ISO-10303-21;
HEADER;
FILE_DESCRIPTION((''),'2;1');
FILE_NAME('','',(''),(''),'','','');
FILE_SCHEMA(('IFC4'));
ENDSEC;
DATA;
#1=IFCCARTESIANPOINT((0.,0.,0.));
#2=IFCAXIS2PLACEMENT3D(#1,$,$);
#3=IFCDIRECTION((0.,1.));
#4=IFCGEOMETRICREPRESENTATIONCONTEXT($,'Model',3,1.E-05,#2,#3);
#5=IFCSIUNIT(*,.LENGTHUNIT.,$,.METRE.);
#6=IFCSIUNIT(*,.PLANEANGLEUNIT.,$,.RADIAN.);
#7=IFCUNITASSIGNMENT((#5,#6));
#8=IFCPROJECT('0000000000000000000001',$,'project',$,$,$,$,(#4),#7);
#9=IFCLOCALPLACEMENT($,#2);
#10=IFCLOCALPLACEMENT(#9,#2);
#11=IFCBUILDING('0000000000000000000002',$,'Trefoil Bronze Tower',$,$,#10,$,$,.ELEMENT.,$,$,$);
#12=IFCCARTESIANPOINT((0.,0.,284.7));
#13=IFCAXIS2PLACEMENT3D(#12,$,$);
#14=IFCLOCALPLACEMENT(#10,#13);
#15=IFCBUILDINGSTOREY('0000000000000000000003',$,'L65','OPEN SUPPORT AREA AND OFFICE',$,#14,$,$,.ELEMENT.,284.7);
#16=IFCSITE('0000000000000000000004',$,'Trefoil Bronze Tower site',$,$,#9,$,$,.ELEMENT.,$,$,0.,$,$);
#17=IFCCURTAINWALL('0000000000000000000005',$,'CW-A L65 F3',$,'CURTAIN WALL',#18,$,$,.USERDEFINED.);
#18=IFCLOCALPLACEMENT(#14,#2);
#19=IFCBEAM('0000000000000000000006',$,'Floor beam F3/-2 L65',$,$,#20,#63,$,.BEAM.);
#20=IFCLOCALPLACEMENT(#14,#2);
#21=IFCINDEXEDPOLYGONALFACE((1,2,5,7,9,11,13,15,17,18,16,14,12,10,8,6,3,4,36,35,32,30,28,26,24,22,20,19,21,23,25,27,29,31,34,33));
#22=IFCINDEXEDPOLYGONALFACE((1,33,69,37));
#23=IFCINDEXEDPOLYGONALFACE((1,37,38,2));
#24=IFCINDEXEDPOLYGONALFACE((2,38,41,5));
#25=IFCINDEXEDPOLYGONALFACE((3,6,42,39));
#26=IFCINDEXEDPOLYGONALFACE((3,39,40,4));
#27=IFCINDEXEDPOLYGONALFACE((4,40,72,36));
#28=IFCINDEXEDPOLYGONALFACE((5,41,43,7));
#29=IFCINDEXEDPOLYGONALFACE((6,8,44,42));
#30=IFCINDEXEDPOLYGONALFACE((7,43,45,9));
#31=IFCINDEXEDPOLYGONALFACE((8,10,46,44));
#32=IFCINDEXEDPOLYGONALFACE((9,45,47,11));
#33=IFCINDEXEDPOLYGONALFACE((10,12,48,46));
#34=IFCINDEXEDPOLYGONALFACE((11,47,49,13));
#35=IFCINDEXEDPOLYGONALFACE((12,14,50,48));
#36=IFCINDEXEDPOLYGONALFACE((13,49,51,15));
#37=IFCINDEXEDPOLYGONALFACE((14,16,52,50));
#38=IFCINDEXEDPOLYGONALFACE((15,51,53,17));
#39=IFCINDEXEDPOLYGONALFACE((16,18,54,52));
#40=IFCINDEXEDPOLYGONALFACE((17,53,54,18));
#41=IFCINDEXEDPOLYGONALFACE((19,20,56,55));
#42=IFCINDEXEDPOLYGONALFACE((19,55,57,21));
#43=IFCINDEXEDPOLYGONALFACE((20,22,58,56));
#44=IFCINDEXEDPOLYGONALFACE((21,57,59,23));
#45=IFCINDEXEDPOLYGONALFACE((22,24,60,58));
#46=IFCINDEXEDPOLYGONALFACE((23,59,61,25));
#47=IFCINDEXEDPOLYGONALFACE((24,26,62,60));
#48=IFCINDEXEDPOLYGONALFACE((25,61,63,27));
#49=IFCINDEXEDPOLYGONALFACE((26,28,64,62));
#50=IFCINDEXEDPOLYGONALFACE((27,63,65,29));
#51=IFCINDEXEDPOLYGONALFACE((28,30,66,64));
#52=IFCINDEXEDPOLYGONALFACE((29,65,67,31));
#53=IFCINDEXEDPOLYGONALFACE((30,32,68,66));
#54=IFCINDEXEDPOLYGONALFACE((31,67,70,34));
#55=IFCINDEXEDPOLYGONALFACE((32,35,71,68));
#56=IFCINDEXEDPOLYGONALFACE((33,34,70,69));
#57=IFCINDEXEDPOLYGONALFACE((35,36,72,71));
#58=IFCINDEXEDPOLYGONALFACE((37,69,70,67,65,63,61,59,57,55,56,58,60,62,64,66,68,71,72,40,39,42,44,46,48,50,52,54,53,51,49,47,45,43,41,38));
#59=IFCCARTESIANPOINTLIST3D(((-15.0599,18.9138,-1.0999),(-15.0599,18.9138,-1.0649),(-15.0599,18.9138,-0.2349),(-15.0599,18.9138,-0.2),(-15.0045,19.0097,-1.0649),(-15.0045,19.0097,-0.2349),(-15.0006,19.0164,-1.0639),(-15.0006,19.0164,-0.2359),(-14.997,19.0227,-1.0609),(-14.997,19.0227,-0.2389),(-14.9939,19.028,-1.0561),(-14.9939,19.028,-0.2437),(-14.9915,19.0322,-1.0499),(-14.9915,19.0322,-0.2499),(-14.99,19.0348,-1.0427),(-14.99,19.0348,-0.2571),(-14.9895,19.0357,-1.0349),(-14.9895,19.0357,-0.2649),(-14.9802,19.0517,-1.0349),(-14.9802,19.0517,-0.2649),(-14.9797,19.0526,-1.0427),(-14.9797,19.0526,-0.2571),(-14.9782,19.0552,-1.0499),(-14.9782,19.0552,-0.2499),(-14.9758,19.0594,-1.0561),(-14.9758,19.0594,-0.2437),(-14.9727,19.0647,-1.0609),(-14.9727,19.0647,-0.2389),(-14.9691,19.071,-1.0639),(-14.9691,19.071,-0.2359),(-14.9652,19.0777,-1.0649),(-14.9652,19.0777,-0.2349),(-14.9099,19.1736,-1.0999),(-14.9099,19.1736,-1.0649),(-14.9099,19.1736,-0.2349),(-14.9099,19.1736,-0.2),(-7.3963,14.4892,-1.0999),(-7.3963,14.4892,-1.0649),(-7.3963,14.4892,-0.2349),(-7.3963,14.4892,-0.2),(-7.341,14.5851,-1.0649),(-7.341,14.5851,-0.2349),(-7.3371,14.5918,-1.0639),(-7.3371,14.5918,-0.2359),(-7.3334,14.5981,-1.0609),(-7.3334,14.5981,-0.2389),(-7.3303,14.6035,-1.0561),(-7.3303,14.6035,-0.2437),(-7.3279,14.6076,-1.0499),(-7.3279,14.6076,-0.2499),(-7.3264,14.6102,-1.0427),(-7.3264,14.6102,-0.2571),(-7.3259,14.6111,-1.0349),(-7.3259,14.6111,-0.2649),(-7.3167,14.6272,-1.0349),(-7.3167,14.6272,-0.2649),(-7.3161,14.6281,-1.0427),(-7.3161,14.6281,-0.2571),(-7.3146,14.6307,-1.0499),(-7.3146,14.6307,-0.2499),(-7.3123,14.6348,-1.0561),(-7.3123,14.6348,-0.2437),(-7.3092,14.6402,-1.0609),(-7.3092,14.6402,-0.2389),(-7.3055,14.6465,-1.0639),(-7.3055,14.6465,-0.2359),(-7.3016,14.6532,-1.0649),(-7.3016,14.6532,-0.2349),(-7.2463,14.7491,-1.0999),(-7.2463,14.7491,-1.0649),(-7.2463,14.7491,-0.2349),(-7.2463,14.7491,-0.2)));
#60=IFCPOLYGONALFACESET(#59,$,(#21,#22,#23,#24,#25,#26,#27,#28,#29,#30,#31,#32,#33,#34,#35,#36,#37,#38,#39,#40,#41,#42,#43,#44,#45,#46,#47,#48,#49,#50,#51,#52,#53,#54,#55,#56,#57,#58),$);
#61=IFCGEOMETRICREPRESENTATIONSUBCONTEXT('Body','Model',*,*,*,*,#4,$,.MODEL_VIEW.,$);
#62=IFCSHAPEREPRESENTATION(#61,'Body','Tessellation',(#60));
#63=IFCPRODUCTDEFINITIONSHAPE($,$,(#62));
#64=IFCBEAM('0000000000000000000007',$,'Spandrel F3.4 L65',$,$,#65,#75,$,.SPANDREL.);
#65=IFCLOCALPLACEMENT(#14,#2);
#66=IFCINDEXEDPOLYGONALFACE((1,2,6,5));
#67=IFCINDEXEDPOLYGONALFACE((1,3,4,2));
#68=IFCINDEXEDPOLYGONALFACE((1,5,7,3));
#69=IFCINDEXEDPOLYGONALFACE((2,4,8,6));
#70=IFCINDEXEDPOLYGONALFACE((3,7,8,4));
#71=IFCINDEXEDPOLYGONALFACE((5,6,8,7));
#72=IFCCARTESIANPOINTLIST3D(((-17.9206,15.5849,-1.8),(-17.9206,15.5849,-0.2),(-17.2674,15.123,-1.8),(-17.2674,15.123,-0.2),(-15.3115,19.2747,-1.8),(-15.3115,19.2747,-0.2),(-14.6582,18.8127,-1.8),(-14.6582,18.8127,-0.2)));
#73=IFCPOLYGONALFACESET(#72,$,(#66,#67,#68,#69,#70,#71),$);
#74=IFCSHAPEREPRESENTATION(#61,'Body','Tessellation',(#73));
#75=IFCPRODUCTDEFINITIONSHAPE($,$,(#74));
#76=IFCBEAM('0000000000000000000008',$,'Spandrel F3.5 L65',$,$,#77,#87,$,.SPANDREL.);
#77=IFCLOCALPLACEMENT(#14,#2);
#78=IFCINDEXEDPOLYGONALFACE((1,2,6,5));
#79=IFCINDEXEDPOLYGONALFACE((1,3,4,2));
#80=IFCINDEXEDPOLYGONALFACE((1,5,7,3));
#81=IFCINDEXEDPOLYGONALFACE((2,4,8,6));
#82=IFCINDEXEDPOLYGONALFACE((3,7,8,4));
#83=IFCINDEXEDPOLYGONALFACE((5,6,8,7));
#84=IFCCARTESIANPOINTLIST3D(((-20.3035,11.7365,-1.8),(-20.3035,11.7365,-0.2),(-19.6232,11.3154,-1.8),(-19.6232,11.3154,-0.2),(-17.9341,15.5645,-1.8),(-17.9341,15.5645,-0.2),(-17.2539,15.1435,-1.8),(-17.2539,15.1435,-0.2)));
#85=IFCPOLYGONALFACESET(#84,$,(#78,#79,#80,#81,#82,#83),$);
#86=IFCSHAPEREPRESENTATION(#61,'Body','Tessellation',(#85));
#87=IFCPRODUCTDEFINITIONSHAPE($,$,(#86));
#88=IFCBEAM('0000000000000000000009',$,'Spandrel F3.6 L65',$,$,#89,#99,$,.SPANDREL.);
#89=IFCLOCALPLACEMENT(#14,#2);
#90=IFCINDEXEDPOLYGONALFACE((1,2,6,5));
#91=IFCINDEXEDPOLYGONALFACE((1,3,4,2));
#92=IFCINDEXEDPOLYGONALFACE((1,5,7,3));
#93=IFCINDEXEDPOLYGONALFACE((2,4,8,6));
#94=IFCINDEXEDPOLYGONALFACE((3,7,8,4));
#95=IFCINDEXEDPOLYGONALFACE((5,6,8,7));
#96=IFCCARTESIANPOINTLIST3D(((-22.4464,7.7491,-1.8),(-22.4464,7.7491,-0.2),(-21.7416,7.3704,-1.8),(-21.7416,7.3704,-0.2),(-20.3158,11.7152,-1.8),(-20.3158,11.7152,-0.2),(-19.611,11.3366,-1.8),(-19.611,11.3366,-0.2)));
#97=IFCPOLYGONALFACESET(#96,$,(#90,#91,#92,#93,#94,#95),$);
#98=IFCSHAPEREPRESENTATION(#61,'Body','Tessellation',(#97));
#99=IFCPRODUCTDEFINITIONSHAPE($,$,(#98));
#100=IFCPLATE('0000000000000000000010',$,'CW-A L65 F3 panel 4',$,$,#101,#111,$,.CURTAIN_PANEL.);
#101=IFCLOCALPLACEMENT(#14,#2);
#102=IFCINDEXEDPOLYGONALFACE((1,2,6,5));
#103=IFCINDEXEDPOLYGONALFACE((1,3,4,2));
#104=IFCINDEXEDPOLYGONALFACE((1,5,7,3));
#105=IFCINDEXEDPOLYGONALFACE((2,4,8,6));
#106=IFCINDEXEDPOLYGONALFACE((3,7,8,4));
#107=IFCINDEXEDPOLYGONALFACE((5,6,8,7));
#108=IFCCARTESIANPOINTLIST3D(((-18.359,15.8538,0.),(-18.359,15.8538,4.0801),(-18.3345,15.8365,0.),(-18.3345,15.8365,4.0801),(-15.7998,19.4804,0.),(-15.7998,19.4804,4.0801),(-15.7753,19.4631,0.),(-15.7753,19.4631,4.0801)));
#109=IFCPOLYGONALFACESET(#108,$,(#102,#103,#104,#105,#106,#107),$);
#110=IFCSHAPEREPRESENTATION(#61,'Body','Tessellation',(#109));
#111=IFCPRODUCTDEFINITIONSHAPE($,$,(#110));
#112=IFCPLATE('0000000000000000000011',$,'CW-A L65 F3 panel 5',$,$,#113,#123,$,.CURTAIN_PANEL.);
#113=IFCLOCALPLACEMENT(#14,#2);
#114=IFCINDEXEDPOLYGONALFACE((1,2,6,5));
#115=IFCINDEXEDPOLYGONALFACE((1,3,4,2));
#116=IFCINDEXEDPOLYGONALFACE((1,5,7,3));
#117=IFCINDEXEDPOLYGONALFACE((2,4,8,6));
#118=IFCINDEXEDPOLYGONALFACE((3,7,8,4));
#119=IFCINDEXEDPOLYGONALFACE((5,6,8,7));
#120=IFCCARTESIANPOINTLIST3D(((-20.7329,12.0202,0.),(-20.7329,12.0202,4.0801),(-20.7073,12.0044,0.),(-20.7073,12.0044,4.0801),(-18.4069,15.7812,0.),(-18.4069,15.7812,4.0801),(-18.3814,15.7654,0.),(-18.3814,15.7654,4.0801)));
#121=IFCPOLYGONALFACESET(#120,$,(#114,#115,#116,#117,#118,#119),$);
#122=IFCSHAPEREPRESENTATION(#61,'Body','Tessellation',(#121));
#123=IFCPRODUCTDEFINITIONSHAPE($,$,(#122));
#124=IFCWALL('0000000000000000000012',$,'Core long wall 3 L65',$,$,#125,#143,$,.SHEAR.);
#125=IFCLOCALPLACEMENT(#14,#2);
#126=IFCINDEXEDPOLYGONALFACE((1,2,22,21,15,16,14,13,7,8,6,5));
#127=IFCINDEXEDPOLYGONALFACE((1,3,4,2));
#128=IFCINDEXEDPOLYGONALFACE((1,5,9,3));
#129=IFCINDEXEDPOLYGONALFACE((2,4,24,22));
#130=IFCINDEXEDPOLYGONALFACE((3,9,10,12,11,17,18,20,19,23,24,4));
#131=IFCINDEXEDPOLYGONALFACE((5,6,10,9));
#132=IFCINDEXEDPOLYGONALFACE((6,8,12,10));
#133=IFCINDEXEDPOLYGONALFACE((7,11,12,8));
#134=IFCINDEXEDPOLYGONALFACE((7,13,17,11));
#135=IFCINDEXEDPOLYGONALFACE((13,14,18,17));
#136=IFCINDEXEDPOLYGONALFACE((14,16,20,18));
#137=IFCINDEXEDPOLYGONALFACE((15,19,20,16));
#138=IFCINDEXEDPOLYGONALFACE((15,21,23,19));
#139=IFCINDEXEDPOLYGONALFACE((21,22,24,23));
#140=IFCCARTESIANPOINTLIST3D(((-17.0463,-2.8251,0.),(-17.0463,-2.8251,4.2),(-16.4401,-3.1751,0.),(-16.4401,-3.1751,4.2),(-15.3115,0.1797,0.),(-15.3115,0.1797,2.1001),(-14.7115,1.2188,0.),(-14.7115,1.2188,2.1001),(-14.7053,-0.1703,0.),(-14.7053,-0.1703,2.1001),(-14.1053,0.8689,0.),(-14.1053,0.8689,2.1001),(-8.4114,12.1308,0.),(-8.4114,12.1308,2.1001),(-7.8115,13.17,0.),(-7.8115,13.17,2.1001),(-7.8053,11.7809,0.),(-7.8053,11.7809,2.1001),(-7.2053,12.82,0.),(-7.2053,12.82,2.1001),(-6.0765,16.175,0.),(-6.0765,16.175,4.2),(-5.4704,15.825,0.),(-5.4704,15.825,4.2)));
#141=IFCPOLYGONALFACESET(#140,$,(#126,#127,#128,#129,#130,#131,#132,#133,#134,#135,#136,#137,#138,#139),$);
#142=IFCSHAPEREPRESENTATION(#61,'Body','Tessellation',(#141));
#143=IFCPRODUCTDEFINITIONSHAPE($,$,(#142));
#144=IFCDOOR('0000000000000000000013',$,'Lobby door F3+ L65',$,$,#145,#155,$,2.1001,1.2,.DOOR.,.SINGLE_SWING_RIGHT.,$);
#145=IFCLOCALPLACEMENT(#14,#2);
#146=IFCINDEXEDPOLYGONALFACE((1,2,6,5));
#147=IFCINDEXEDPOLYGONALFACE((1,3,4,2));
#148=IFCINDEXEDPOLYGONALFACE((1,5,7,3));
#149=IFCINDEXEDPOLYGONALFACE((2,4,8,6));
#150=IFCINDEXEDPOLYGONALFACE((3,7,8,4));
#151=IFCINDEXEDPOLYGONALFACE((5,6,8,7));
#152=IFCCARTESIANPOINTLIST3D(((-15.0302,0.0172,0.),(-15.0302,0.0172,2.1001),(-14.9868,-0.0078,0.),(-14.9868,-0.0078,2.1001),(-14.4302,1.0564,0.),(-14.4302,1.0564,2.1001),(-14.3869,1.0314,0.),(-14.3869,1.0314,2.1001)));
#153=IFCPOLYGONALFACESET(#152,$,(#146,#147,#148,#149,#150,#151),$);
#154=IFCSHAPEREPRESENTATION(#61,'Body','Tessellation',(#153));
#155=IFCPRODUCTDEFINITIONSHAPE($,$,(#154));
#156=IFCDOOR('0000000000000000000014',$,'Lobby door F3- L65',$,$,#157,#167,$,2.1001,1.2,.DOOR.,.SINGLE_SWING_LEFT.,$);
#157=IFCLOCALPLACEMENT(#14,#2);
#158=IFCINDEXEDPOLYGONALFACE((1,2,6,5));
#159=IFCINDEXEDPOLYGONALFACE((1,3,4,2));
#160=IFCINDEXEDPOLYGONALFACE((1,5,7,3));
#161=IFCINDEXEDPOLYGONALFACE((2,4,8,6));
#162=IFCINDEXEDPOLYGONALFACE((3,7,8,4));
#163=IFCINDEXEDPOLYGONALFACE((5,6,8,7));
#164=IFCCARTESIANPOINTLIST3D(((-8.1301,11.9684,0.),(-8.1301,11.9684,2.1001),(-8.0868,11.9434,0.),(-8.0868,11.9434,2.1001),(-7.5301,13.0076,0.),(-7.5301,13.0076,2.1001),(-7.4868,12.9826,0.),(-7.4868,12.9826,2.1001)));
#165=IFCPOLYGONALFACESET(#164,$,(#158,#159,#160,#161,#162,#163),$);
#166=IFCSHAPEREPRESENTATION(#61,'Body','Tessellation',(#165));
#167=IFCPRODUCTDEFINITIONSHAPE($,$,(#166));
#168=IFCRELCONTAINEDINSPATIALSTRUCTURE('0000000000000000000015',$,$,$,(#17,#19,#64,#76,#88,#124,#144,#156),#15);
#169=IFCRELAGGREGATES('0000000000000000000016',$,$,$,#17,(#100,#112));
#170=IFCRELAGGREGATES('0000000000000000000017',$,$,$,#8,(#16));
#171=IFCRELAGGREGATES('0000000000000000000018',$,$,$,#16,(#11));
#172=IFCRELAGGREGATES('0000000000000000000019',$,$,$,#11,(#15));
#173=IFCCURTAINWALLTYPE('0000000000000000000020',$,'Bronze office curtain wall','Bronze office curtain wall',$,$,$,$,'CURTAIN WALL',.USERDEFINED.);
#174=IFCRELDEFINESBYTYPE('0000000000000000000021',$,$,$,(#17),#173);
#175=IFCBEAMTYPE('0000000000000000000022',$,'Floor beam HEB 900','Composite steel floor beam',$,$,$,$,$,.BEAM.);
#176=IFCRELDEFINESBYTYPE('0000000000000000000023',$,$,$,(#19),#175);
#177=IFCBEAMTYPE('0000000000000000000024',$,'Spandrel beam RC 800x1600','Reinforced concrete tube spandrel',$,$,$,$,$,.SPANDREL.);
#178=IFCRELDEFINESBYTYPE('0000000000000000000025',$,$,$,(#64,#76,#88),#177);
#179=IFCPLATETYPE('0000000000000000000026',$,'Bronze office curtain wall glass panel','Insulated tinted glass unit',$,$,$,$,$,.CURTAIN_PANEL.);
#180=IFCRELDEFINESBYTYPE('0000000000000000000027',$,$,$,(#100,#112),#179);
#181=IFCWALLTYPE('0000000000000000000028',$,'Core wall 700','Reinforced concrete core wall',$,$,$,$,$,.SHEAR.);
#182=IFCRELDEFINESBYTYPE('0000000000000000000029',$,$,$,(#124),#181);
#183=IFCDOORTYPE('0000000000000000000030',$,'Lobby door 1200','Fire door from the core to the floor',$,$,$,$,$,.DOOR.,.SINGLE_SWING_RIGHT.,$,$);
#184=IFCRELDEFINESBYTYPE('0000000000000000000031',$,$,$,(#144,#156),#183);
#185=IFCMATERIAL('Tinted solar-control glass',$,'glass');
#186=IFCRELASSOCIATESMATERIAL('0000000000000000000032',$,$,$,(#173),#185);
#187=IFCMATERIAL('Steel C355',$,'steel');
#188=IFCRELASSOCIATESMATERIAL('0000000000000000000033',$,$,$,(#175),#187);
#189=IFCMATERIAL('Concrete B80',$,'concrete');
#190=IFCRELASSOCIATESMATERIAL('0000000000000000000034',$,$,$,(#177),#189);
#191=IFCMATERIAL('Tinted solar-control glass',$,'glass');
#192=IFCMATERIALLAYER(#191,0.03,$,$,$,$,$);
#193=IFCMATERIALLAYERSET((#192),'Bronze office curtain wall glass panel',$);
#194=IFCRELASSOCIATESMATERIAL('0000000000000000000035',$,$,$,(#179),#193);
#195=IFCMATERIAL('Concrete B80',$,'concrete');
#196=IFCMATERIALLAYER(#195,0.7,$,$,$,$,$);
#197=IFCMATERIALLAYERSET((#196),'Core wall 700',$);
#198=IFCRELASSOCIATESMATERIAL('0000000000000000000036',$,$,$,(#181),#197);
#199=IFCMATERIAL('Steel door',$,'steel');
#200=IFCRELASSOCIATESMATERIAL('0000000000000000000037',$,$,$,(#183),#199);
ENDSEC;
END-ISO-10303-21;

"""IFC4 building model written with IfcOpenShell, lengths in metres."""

from ifc_helpers import new_model, si_unit, direction, frame, frame_2d, origin, origin_2d, place, context, subcontext, project, spatial, rectangle, i_section, extrude, material, layer, layer_set, material_profile, profile_set, type_object, element, fill, aggregate, save


model = new_model("IFC4")

# Units and contexts
model_context = context("Model", 3, precision=1e-05, world=origin(), true_north=direction((0.0, 1.0)))
body_context = subcontext(model_context, "Body", "Model", "MODEL_VIEW")
ifc_project = project(units=[si_unit("LENGTHUNIT", "METRE"), si_unit("PLANEANGLEUNIT", "RADIAN")], contexts=[model_context])

# Site, building, storey
site_placement = place(None, origin())
site = spatial("IfcSite", under=ifc_project, at=site_placement, Name="Trefoil Bronze Tower site", CompositionType="ELEMENT", RefElevation=0.0)
building_placement = place(site_placement, origin())
building = spatial("IfcBuilding", under=site, at=building_placement, Name="Trefoil Bronze Tower", CompositionType="ELEMENT")
storey_placement = place(building_placement, frame((0.0, 0.0, 284.7)))
storey = spatial("IfcBuildingStorey", under=building, at=storey_placement, Name="L65", Description="OPEN SUPPORT AREA AND OFFICE", CompositionType="ELEMENT", Elevation=284.7)

# Curtain wall
ifc_material_1 = material(Name="Tinted solar-control glass", Category="glass")
curtain_wall_type = type_object("IfcCurtainWallType", Name="Bronze office curtain wall", Description="Bronze office curtain wall", ElementType="CURTAIN WALL", PredefinedType="USERDEFINED", material=ifc_material_1)
curtain_wall_placement = place(storey_placement, origin())
curtain_wall = element("IfcCurtainWall", 1, at=curtain_wall_placement, inside=storey, type_object=curtain_wall_type, Name="CW-A L65 F3", ObjectType="CURTAIN WALL", PredefinedType="USERDEFINED")

# Beams
ifc_material_2 = material(Name="Steel C355", Category="steel")
ifc_material_profile_1 = material_profile(ifc_material_2, i_section(OverallWidth=0.3, OverallDepth=0.8999, WebThickness=0.0186, FlangeThickness=0.0349, FilletRadius=0.03, at=origin_2d()), Name="HEB 900")
ifc_profile_set_1 = profile_set([ifc_material_profile_1], Name="Steel C355")
beam_type_1 = type_object("IfcBeamType", Name="Floor beam HEB 900", Description="Composite steel floor beam", PredefinedType="BEAM", material=ifc_profile_set_1)
beam_1_placement = place(storey_placement, frame((-14.9849, 19.0437, -0.6499), z_axis=(0.866026, -0.499999, 0.0), x_axis=(0.499999, 0.866026, 0.0)))
element("IfcBeam", 2, at=beam_1_placement, inside=storey, type_object=beam_type_1, Name="Floor beam F3/-2 L65", PredefinedType="BEAM", context=body_context, shape_type="SweptSolid", body=[
    extrude(i_section(OverallWidth=0.3, OverallDepth=0.8999, WebThickness=0.0186, FlangeThickness=0.0349, FilletRadius=0.03, at=origin_2d()), origin(), (0.0, 0.0, 1.0), 8.8491),
])
ifc_material_3 = material(Name="Concrete B80", Category="concrete")
ifc_material_profile_2 = material_profile(ifc_material_3, rectangle(XDim=0.8, YDim=1.6001, at=origin_2d()), Name="RC 800x1600")
ifc_profile_set_2 = profile_set([ifc_material_profile_2], Name="Concrete B80")
beam_type_2 = type_object("IfcBeamType", Name="Spandrel beam RC 800x1600", Description="Reinforced concrete tube spandrel", PredefinedType="SPANDREL", material=ifc_profile_set_2)
beam_2_placement = place(storey_placement, frame((-14.9849, 19.0437, -1.0), z_axis=(-0.577368, -0.816484, 0.0), x_axis=(0.816484, -0.577368, 0.0)))
element("IfcBeam", 3, at=beam_2_placement, inside=storey, type_object=beam_type_2, Name="Spandrel F3.4 L65", PredefinedType="SPANDREL", context=body_context, shape_type="SweptSolid", body=[
    extrude(rectangle(XDim=0.8, YDim=1.6001, at=origin_2d()), origin(), (0.0, 0.0, 1.0), 4.519),
])
beam_3_placement = place(storey_placement, frame((-17.594, 15.354, -1.0), z_axis=(-0.526289, -0.850306, 0.0), x_axis=(0.850306, -0.526289, 0.0)))
element("IfcBeam", 4, at=beam_3_placement, inside=storey, type_object=beam_type_2, Name="Spandrel F3.5 L65", PredefinedType="SPANDREL", context=body_context, shape_type="SweptSolid", body=[
    extrude(rectangle(XDim=0.8, YDim=1.6001, at=origin_2d()), origin(), (0.0, 0.0, 1.0), 4.502),
])
beam_4_placement = place(storey_placement, frame((-19.9634, 11.5259, -1.0), z_axis=(-0.473246, -0.88093, 0.0), x_axis=(0.88093, -0.473246, 0.0)))
element("IfcBeam", 5, at=beam_4_placement, inside=storey, type_object=beam_type_2, Name="Spandrel F3.6 L65", PredefinedType="SPANDREL", context=body_context, shape_type="SweptSolid", body=[
    extrude(rectangle(XDim=0.8, YDim=1.6001, at=origin_2d()), origin(), (0.0, 0.0, 1.0), 4.5022),
])

# Plates
ifc_material_4 = material(Name="Tinted solar-control glass", Category="glass")
ifc_layer_1 = layer(ifc_material_4, 0.03)
ifc_layer_set_1 = layer_set([ifc_layer_1], Name="Bronze office curtain wall glass panel")
plate_type = type_object("IfcPlateType", Name="Bronze office curtain wall glass panel", Description="Insulated tinted glass unit", PredefinedType="CURTAIN_PANEL", material=ifc_layer_set_1)
plate_1_placement = place(storey_placement, frame((-17.0671, 17.6584, 0.0), z_axis=(0.0, 0.0, 1.0), x_axis=(-0.576561, -0.817054, 0.0)))
plate_1 = element("IfcPlate", 6, at=plate_1_placement, type_object=plate_type, Name="CW-A L65 F3 panel 4", PredefinedType="CURTAIN_PANEL", context=body_context, shape_type="SweptSolid", body=[
    extrude(rectangle(XDim=4.4387, YDim=0.03, at=origin_2d()), origin(), (0.0, 0.0, 1.0), 4.0801),
])
plate_2_placement = place(storey_placement, frame((-19.5571, 13.8928, 0.0), z_axis=(0.0, 0.0, 1.0), x_axis=(-0.52598, -0.850497, 0.0)))
plate_2 = element("IfcPlate", 7, at=plate_2_placement, type_object=plate_type, Name="CW-A L65 F3 panel 5", PredefinedType="CURTAIN_PANEL", context=body_context, shape_type="SweptSolid", body=[
    extrude(rectangle(XDim=4.4221, YDim=0.03, at=origin_2d()), origin(), (0.0, 0.0, 1.0), 4.0801),
])
aggregate(curtain_wall, [plate_1, plate_2])

# Wall, openings, doors
ifc_material_5 = material(Name="Concrete B80", Category="concrete")
ifc_layer_2 = layer(ifc_material_5, 0.7)
ifc_layer_set_2 = layer_set([ifc_layer_2], Name="Core wall 700")
wall_type_1 = type_object("IfcWallType", Name="Core wall 700", Description="Reinforced concrete core wall", PredefinedType="SHEAR", material=ifc_layer_set_2)
wall_1_placement = place(storey_placement, frame((-5.7734, 16.0, 0.0), z_axis=(0.0, 0.0, 1.0), x_axis=(-0.500002, -0.866024, 0.0)))
wall_1 = element("IfcWall", 8, at=wall_1_placement, inside=storey, type_object=wall_type_1, Name="Core long wall 3 L65", PredefinedType="SHEAR", context=body_context, shape_type="SweptSolid", body=[
    extrude(rectangle(XDim=21.9395, YDim=0.7, at=frame_2d((10.9697, 0.0))), origin(), (0.0, 0.0, 1.0), 4.2),
])
opening_1_placement = place(wall_1_placement, frame((17.2698, 0.0, 0.0)))
opening_1 = element("IfcOpeningElement", 9, at=opening_1_placement, cuts=wall_1, PredefinedType="OPENING", context=body_context, shape_type="SweptSolid", body=[
    extrude(rectangle(XDim=1.2, YDim=2.1001, at=frame_2d((0.6001, 1.05))), frame((0.0, 0.3599, 0.0), z_axis=(0.0, -1.0, 0.0), x_axis=(1.0, 0.0, 0.0)), (0.0, 0.0, 1.0), 0.72),
])
opening_2_placement = place(wall_1_placement, frame((3.4697, 0.0, 0.0)))
opening_2 = element("IfcOpeningElement", 10, at=opening_2_placement, cuts=wall_1, PredefinedType="OPENING", context=body_context, shape_type="SweptSolid", body=[
    extrude(rectangle(XDim=1.2, YDim=2.1001, at=frame_2d((0.6001, 1.05))), frame((0.0, 0.3599, 0.0), z_axis=(0.0, -1.0, 0.0), x_axis=(1.0, 0.0, 0.0)), (0.0, 0.0, 1.0), 0.72),
])
ifc_material_6 = material(Name="Steel door", Category="steel")
door_type_1 = type_object("IfcDoorType", Name="Lobby door 1200", Description="Fire door from the core to the floor", OperationType="SINGLE_SWING_RIGHT", PredefinedType="DOOR", material=ifc_material_6)
door_1_placement = place(opening_1_placement, origin())
door_1 = element("IfcDoor", 11, at=door_1_placement, inside=storey, type_object=door_type_1, Name="Lobby door F3+ L65", OperationType="SINGLE_SWING_RIGHT", OverallHeight=2.1001, OverallWidth=1.2, PredefinedType="DOOR", context=body_context, shape_type="SweptSolid", body=[
    extrude(rectangle(XDim=1.2, YDim=2.1001, at=frame_2d((0.6001, 1.05))), frame((0.0, 0.0249, 0.0), z_axis=(0.0, -1.0, 0.0), x_axis=(1.0, 0.0, 0.0)), (0.0, 0.0, 1.0), 0.05),
])
fill(opening_1, door_1)
door_2_placement = place(opening_2_placement, origin())
door_2 = element("IfcDoor", 12, at=door_2_placement, inside=storey, type_object=door_type_1, Name="Lobby door F3- L65", OperationType="SINGLE_SWING_LEFT", OverallHeight=2.1001, OverallWidth=1.2, PredefinedType="DOOR", context=body_context, shape_type="SweptSolid", body=[
    extrude(rectangle(XDim=1.2, YDim=2.1001, at=frame_2d((0.6001, 1.05))), frame((0.0, 0.0249, 0.0), z_axis=(0.0, -1.0, 0.0), x_axis=(1.0, 0.0, 0.0)), (0.0, 0.0, 1.0), 0.05),
])
fill(opening_2, door_2)

save(model, "model.ifc")
